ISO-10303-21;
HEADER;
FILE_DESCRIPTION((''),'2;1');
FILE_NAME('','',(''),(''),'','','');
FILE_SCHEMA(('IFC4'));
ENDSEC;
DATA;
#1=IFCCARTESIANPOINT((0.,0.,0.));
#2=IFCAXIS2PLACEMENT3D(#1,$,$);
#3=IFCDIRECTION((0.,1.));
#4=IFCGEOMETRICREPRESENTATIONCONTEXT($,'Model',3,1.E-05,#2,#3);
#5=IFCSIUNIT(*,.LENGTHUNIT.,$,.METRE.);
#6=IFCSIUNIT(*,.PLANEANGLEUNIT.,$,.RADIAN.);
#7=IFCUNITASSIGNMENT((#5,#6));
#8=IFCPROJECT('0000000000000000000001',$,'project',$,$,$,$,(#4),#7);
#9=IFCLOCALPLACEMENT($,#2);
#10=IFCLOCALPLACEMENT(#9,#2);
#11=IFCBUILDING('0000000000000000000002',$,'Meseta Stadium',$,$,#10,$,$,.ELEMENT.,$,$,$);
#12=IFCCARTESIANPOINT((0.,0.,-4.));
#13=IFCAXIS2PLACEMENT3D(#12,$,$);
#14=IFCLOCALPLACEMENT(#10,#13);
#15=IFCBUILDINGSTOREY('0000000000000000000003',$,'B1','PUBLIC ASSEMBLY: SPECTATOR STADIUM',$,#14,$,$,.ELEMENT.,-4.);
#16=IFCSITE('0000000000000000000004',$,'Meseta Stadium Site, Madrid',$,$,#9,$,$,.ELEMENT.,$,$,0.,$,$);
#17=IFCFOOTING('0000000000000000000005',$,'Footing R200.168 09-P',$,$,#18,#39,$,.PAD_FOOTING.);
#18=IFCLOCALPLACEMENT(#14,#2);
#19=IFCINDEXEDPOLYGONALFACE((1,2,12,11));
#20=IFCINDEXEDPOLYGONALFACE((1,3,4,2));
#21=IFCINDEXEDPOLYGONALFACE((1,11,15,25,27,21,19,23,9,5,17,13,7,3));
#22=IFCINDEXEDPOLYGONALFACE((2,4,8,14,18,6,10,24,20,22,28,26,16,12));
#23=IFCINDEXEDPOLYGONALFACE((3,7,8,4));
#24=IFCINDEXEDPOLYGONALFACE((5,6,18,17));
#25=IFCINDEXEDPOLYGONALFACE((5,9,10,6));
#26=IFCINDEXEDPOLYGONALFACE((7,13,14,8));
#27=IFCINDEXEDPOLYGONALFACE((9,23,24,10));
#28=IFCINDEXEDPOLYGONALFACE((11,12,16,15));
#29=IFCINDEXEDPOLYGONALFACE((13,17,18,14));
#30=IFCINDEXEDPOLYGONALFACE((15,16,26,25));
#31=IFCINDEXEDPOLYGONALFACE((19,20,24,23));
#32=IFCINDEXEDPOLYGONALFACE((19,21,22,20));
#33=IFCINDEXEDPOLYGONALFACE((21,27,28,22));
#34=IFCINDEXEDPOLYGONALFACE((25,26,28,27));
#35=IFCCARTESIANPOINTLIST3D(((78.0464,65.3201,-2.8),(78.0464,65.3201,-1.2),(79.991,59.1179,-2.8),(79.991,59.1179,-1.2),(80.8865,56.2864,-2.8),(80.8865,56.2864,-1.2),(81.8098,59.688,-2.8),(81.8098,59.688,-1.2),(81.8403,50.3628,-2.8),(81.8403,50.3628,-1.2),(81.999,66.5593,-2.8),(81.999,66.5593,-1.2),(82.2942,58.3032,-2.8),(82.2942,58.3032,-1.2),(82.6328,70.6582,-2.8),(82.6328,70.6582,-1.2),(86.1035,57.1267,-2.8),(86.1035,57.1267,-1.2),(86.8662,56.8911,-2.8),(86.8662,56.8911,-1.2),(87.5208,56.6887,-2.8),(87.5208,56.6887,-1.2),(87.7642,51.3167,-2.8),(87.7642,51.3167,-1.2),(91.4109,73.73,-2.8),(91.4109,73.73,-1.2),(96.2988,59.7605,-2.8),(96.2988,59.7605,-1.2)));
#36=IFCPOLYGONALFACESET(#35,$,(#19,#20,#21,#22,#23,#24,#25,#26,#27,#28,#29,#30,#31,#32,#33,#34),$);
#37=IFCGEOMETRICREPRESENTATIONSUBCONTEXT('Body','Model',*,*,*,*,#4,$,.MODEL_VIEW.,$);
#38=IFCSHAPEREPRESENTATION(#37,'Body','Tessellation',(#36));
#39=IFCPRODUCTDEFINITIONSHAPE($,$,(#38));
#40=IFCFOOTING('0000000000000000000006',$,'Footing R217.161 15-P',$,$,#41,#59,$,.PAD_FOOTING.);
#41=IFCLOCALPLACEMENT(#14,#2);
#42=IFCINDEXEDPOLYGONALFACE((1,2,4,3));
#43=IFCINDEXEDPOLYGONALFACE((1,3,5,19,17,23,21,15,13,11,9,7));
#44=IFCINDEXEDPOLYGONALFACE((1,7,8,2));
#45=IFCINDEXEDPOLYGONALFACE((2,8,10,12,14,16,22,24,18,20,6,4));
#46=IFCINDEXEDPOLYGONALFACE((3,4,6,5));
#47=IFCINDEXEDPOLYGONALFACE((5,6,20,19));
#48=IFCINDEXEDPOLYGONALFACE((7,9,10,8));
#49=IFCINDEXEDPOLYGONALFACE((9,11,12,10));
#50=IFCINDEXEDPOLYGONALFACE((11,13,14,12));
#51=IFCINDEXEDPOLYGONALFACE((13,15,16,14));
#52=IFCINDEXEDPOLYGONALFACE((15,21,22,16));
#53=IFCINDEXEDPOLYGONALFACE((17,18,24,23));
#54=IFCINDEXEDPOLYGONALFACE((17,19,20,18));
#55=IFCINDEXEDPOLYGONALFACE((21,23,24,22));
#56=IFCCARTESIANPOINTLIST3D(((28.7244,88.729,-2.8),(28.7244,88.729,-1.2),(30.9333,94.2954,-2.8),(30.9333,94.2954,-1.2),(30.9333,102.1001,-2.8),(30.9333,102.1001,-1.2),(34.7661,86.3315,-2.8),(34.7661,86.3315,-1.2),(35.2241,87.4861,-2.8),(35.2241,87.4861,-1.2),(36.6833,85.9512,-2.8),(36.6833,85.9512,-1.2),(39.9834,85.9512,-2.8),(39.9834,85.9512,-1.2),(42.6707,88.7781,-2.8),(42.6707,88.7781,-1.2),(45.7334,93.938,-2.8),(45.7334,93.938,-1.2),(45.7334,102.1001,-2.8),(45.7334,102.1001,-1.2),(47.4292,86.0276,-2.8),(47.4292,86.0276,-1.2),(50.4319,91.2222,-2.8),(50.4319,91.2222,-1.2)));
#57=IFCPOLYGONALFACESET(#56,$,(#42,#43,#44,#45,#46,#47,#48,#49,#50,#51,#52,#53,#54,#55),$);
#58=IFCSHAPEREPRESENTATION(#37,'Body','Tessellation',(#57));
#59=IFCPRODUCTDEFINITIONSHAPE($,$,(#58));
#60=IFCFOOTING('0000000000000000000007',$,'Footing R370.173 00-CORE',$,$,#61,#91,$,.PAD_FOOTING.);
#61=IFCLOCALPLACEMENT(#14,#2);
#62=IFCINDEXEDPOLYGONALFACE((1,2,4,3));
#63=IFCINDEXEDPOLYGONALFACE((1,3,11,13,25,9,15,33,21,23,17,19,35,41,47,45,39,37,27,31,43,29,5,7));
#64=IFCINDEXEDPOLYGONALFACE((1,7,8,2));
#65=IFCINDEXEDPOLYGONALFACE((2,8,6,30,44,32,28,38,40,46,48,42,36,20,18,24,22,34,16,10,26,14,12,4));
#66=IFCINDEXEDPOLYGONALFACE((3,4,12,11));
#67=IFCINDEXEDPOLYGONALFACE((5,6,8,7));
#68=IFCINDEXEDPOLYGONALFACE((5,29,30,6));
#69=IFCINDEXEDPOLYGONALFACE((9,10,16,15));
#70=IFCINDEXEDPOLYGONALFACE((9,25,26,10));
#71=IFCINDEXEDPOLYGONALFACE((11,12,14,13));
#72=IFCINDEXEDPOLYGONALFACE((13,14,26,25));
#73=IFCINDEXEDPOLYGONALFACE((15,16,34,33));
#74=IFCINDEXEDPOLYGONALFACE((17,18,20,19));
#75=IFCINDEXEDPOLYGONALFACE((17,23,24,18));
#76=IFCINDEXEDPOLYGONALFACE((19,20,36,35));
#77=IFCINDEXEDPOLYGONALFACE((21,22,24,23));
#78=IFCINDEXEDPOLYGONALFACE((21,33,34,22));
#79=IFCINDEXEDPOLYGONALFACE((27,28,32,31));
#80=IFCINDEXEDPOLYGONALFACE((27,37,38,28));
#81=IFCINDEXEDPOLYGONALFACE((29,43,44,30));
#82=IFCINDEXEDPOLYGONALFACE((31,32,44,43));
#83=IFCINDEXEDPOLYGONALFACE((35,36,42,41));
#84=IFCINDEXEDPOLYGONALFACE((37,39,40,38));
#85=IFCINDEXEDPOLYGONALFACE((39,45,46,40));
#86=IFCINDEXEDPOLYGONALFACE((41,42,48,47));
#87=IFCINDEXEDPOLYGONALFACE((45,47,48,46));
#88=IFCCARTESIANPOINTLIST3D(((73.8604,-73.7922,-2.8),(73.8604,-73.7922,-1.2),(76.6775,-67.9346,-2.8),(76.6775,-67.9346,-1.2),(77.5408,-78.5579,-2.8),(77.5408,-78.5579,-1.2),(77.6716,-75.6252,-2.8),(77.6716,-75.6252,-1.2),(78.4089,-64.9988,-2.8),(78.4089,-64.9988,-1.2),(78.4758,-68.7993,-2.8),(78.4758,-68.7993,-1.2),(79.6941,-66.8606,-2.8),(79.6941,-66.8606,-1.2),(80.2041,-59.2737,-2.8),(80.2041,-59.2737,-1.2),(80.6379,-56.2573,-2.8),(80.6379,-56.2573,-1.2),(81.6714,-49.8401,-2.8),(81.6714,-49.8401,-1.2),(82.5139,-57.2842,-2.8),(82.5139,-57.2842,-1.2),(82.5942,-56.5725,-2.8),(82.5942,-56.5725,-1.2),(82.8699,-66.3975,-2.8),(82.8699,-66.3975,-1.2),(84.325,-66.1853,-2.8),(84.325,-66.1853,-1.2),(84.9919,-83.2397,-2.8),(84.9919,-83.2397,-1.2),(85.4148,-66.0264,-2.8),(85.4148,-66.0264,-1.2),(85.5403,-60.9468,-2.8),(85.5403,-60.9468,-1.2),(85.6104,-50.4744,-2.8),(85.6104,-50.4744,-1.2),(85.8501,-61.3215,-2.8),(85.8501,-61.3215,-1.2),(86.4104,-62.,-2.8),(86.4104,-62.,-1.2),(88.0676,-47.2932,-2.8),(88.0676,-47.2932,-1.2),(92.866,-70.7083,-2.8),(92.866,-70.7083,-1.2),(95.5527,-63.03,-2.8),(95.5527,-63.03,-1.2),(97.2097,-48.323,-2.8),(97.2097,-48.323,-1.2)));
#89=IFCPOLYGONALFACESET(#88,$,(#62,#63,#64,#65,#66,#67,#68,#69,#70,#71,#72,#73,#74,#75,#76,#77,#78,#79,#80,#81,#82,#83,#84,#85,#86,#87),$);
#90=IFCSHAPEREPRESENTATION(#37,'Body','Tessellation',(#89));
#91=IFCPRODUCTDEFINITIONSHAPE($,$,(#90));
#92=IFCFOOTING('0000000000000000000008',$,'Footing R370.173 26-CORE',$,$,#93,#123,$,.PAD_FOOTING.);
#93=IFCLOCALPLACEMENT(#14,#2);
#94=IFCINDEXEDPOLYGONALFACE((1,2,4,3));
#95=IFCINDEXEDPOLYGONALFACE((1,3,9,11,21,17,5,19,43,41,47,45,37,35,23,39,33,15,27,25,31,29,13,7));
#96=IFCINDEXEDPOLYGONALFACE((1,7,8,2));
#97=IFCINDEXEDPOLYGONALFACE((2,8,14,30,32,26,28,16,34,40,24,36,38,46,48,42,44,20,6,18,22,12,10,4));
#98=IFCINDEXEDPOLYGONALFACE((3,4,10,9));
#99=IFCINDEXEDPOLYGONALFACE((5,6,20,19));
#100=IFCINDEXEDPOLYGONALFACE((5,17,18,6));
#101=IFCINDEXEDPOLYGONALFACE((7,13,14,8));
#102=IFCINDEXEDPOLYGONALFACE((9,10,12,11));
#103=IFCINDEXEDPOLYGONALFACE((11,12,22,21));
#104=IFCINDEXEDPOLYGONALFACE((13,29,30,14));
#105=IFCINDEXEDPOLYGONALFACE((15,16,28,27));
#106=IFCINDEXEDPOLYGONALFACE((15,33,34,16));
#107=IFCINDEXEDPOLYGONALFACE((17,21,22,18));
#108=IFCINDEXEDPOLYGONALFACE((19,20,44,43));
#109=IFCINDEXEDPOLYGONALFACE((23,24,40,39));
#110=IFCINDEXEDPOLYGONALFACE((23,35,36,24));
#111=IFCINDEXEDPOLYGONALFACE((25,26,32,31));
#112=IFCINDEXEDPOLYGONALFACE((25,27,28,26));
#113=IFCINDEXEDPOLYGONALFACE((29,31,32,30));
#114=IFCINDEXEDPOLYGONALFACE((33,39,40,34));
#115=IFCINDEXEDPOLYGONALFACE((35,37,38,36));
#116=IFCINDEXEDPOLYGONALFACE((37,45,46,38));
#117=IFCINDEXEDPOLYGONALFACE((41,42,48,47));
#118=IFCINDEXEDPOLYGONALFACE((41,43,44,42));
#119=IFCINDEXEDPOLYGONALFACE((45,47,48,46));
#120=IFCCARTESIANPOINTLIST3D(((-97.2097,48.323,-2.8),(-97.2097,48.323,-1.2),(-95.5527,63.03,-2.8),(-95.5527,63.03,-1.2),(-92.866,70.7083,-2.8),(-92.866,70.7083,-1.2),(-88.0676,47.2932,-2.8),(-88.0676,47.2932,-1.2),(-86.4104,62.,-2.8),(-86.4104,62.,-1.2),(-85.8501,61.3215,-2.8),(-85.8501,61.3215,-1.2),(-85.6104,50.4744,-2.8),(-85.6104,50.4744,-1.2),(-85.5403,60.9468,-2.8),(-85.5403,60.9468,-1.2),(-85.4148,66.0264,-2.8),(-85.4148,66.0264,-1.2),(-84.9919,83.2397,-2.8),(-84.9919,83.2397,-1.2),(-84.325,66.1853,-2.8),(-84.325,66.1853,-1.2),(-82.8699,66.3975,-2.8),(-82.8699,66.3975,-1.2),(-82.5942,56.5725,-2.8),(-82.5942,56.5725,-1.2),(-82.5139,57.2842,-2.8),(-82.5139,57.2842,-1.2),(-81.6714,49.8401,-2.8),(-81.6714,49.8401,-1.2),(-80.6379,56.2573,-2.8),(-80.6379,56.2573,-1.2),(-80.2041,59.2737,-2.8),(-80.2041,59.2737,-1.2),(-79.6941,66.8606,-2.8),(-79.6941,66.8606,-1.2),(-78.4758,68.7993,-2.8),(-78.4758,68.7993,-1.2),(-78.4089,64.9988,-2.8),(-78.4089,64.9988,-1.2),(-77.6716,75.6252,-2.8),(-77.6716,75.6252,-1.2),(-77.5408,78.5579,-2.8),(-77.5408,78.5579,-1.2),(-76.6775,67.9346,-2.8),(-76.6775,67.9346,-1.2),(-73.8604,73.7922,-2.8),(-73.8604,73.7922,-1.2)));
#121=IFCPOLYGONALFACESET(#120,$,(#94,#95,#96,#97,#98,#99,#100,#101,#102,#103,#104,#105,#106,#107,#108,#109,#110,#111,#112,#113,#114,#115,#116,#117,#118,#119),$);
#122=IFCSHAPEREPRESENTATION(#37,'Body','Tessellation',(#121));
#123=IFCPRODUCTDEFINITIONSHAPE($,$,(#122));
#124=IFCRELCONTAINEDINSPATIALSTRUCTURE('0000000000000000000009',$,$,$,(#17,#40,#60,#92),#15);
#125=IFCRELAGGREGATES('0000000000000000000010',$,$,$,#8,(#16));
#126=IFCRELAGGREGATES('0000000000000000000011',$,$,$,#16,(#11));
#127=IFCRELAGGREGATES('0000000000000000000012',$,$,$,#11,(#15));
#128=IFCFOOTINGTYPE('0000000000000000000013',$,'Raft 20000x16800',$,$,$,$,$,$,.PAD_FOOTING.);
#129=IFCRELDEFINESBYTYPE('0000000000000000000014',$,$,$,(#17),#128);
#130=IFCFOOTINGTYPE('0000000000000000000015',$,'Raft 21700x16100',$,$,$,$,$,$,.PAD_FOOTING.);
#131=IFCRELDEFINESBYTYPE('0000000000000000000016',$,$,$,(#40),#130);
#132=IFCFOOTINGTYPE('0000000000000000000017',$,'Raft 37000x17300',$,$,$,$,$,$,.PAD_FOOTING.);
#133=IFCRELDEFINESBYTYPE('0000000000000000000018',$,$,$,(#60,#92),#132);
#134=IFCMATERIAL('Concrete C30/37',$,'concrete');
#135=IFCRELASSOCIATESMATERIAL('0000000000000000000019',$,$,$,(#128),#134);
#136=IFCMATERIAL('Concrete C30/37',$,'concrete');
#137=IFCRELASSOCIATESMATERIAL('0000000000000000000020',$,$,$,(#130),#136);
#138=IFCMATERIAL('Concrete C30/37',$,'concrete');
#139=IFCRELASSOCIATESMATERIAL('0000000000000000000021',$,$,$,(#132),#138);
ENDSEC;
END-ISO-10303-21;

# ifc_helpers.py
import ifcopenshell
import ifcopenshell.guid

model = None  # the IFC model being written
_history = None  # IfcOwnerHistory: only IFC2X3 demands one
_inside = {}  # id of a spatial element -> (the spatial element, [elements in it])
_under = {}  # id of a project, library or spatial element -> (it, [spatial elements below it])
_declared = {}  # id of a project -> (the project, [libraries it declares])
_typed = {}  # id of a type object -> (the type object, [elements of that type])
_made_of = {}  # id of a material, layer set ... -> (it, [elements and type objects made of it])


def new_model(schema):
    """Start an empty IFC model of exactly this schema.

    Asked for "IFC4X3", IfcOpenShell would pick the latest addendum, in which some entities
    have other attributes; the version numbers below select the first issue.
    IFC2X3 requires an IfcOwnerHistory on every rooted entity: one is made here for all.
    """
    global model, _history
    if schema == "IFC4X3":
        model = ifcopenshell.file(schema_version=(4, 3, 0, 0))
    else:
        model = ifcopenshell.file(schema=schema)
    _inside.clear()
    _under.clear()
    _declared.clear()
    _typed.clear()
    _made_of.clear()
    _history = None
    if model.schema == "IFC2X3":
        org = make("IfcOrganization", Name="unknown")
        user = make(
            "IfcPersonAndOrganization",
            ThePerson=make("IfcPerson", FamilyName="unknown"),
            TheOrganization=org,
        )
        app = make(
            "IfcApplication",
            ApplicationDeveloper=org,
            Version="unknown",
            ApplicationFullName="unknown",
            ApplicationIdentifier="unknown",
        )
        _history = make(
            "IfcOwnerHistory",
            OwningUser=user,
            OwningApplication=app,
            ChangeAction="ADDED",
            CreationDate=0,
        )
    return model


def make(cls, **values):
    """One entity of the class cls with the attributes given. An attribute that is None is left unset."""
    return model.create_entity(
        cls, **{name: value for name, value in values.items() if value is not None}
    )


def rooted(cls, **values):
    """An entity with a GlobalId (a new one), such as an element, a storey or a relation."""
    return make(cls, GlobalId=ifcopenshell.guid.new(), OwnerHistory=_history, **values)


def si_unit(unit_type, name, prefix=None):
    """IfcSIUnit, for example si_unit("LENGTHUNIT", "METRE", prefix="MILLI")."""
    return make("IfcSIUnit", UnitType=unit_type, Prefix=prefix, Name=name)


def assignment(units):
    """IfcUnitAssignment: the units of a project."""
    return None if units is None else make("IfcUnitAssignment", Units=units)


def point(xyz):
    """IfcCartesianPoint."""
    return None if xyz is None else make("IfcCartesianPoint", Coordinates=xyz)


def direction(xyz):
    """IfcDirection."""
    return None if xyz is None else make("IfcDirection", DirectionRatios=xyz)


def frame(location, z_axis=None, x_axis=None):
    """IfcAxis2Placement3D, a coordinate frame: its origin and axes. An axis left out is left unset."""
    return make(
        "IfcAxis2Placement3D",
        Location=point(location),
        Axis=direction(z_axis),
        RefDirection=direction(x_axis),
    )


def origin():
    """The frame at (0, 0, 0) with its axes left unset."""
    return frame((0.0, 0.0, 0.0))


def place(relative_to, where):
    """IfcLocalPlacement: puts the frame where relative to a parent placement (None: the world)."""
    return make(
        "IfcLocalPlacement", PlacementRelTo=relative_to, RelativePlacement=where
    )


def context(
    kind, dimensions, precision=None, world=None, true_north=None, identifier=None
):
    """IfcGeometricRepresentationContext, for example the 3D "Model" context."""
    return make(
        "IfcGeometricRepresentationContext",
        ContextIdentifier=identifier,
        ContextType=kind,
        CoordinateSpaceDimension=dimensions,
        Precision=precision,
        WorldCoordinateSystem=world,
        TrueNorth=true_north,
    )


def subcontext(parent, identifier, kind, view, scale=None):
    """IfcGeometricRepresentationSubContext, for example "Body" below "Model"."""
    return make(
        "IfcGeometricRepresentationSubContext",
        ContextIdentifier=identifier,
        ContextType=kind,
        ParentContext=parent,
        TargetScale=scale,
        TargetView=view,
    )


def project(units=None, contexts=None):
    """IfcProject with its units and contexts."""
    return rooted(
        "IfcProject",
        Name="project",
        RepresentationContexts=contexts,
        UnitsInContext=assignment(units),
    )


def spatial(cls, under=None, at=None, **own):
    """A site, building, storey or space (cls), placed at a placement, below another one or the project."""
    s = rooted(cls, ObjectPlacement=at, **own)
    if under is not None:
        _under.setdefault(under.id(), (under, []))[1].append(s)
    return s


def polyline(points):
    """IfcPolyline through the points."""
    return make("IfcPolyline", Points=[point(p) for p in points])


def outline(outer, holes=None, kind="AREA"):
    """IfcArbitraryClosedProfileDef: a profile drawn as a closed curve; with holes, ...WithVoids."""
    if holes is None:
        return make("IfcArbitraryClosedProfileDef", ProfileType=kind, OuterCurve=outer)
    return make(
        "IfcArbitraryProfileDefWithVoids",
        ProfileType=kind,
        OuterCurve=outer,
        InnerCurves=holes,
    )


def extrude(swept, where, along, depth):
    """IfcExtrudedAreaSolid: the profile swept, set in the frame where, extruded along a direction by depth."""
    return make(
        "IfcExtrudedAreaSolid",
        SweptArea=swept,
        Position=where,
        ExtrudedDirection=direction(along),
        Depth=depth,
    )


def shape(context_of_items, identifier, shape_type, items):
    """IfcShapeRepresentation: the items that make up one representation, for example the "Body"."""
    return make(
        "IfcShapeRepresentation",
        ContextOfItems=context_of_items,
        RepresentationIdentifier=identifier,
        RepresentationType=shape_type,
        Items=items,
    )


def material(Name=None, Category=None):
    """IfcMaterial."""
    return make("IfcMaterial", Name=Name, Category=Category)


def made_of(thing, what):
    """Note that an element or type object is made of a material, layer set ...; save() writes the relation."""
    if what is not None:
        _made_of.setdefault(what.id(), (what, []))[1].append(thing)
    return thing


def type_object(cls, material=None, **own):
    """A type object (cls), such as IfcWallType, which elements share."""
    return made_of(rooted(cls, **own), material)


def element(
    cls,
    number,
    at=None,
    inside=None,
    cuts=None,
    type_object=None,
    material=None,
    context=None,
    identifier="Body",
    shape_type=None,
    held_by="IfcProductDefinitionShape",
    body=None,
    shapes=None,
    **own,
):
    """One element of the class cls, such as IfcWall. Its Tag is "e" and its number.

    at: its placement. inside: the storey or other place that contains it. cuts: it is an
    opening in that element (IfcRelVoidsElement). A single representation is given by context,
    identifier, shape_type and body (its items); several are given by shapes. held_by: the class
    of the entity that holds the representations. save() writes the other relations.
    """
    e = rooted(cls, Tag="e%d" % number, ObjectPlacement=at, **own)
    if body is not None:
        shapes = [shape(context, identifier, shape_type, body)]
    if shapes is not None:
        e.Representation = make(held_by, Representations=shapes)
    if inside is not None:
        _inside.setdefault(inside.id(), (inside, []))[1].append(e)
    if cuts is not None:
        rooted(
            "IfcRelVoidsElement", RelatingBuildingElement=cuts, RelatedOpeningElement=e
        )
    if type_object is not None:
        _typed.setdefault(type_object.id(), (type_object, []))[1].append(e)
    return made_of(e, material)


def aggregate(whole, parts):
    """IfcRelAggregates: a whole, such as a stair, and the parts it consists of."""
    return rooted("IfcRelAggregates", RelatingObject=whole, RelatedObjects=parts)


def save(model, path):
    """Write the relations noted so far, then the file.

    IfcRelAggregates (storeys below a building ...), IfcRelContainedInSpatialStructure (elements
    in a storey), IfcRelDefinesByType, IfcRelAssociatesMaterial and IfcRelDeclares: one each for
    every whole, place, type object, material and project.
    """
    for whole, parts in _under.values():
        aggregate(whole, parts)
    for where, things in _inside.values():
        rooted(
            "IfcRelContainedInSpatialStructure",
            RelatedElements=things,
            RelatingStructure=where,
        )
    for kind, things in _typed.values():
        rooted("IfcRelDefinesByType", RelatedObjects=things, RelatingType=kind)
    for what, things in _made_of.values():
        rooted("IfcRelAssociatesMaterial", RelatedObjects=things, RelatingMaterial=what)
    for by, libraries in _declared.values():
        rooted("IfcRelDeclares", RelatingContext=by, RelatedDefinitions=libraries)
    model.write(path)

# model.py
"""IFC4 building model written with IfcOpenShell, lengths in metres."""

from ifc_helpers import new_model, si_unit, direction, frame, origin, place, context, subcontext, project, spatial, polyline, outline, extrude, material, type_object, element, save


model = new_model("IFC4")

# Units and contexts
model_context = context("Model", 3, precision=1e-05, world=origin(), true_north=direction((0.0, 1.0)))
body_context = subcontext(model_context, "Body", "Model", "MODEL_VIEW")
ifc_project = project(units=[si_unit("LENGTHUNIT", "METRE"), si_unit("PLANEANGLEUNIT", "RADIAN")], contexts=[model_context])

# Site, building, storey
site_placement = place(None, origin())
site = spatial("IfcSite", under=ifc_project, at=site_placement, Name="Meseta Stadium Site, Madrid", CompositionType="ELEMENT", RefElevation=0.0)
building_placement = place(site_placement, origin())
building = spatial("IfcBuilding", under=site, at=building_placement, Name="Meseta Stadium", CompositionType="ELEMENT")
storey_placement = place(building_placement, frame((0.0, 0.0, -4.0)))
storey = spatial("IfcBuildingStorey", under=building, at=storey_placement, Name="B1", Description="PUBLIC ASSEMBLY: SPECTATOR STADIUM", CompositionType="ELEMENT", Elevation=-4.0)

# Footings
ifc_material_1 = material(Name="Concrete C30/37", Category="concrete")
footing_type_1 = type_object("IfcFootingType", Name="Raft 20000x16800", PredefinedType="PAD_FOOTING", material=ifc_material_1)
footing_1_placement = place(storey_placement, frame((0.0, 0.0, -2.8)))
element("IfcFooting", 1, at=footing_1_placement, inside=storey, type_object=footing_type_1, Name="Footing R200.168 09-P", PredefinedType="PAD_FOOTING", context=body_context, shape_type="SweptSolid", body=[
    extrude(outline(polyline([(86.8662, 56.8911), (87.5208, 56.6887), (96.2988, 59.7605), (91.4109, 73.73), (82.6328, 70.6582), (81.999, 66.5593), (78.0464, 65.3201), (79.991, 59.1179), (81.8098, 59.688), (82.2942, 58.3032), (86.1035, 57.1267), (80.8865, 56.2864), (81.8403, 50.3628), (87.7642, 51.3167), (86.8662, 56.8911)])), origin(), (0.0, 0.0, 1.0), 1.6001),
])
ifc_material_2 = material(Name="Concrete C30/37", Category="concrete")
footing_type_2 = type_object("IfcFootingType", Name="Raft 21700x16100", PredefinedType="PAD_FOOTING", material=ifc_material_2)
footing_2_placement = place(storey_placement, frame((0.0, 0.0, -2.8)))
element("IfcFooting", 2, at=footing_2_placement, inside=storey, type_object=footing_type_2, Name="Footing R217.161 15-P", PredefinedType="PAD_FOOTING", context=body_context, shape_type="SweptSolid", body=[
    extrude(outline(polyline([(45.7334, 93.938), (45.7334, 102.1001), (30.9333, 102.1001), (30.9333, 94.2954), (28.7244, 88.729), (34.7661, 86.3315), (35.2241, 87.4861), (36.6833, 85.9512), (39.9834, 85.9512), (42.6707, 88.7781), (47.4292, 86.0276), (50.4319, 91.2222), (45.7334, 93.938)])), origin(), (0.0, 0.0, 1.0), 1.6001),
])
ifc_material_3 = material(Name="Concrete C30/37", Category="concrete")
footing_type_3 = type_object("IfcFootingType", Name="Raft 37000x17300", PredefinedType="PAD_FOOTING", material=ifc_material_3)
footing_3_placement = place(storey_placement, frame((0.0, 0.0, -2.8)))
element("IfcFooting", 3, at=footing_3_placement, inside=storey, type_object=footing_type_3, Name="Footing R370.173 00-CORE", PredefinedType="PAD_FOOTING", context=body_context, shape_type="SweptSolid", body=[
    extrude(outline(polyline([(77.5408, -78.5579), (84.9919, -83.2397), (92.866, -70.7083), (85.4148, -66.0264), (84.325, -66.1853), (85.8501, -61.3215), (86.4104, -62.0), (95.5527, -63.03), (97.2097, -48.323), (88.0676, -47.2932), (85.6104, -50.4744), (81.6714, -49.8401), (80.6379, -56.2573), (82.5942, -56.5725), (82.5139, -57.2842), (85.5403, -60.9468), (80.2041, -59.2737), (78.4089, -64.9988), (82.8699, -66.3975), (79.6941, -66.8606), (78.4758, -68.7993), (76.6775, -67.9346), (73.8604, -73.7922), (77.6716, -75.6252), (77.5408, -78.5579)])), origin(), (0.0, 0.0, 1.0), 1.6001),
])
footing_4_placement = place(storey_placement, frame((0.0, 0.0, -2.8)))
element("IfcFooting", 4, at=footing_4_placement, inside=storey, type_object=footing_type_3, Name="Footing R370.173 26-CORE", PredefinedType="PAD_FOOTING", context=body_context, shape_type="SweptSolid", body=[
    extrude(outline(polyline([(-80.6379, 56.2573), (-82.5942, 56.5725), (-82.5139, 57.2842), (-85.5403, 60.9468), (-80.2041, 59.2737), (-78.4089, 64.9988), (-82.8699, 66.3975), (-79.6941, 66.8606), (-78.4758, 68.7993), (-76.6775, 67.9346), (-73.8604, 73.7922), (-77.6716, 75.6252), (-77.5408, 78.5579), (-84.9919, 83.2397), (-92.866, 70.7083), (-85.4148, 66.0264), (-84.325, 66.1853), (-85.8501, 61.3215), (-86.4104, 62.0), (-95.5527, 63.03), (-97.2097, 48.323), (-88.0676, 47.2932), (-85.6104, 50.4744), (-81.6714, 49.8401), (-80.6379, 56.2573)])), origin(), (0.0, 0.0, 1.0), 1.6001),
])

save(model, "model.ifc")
